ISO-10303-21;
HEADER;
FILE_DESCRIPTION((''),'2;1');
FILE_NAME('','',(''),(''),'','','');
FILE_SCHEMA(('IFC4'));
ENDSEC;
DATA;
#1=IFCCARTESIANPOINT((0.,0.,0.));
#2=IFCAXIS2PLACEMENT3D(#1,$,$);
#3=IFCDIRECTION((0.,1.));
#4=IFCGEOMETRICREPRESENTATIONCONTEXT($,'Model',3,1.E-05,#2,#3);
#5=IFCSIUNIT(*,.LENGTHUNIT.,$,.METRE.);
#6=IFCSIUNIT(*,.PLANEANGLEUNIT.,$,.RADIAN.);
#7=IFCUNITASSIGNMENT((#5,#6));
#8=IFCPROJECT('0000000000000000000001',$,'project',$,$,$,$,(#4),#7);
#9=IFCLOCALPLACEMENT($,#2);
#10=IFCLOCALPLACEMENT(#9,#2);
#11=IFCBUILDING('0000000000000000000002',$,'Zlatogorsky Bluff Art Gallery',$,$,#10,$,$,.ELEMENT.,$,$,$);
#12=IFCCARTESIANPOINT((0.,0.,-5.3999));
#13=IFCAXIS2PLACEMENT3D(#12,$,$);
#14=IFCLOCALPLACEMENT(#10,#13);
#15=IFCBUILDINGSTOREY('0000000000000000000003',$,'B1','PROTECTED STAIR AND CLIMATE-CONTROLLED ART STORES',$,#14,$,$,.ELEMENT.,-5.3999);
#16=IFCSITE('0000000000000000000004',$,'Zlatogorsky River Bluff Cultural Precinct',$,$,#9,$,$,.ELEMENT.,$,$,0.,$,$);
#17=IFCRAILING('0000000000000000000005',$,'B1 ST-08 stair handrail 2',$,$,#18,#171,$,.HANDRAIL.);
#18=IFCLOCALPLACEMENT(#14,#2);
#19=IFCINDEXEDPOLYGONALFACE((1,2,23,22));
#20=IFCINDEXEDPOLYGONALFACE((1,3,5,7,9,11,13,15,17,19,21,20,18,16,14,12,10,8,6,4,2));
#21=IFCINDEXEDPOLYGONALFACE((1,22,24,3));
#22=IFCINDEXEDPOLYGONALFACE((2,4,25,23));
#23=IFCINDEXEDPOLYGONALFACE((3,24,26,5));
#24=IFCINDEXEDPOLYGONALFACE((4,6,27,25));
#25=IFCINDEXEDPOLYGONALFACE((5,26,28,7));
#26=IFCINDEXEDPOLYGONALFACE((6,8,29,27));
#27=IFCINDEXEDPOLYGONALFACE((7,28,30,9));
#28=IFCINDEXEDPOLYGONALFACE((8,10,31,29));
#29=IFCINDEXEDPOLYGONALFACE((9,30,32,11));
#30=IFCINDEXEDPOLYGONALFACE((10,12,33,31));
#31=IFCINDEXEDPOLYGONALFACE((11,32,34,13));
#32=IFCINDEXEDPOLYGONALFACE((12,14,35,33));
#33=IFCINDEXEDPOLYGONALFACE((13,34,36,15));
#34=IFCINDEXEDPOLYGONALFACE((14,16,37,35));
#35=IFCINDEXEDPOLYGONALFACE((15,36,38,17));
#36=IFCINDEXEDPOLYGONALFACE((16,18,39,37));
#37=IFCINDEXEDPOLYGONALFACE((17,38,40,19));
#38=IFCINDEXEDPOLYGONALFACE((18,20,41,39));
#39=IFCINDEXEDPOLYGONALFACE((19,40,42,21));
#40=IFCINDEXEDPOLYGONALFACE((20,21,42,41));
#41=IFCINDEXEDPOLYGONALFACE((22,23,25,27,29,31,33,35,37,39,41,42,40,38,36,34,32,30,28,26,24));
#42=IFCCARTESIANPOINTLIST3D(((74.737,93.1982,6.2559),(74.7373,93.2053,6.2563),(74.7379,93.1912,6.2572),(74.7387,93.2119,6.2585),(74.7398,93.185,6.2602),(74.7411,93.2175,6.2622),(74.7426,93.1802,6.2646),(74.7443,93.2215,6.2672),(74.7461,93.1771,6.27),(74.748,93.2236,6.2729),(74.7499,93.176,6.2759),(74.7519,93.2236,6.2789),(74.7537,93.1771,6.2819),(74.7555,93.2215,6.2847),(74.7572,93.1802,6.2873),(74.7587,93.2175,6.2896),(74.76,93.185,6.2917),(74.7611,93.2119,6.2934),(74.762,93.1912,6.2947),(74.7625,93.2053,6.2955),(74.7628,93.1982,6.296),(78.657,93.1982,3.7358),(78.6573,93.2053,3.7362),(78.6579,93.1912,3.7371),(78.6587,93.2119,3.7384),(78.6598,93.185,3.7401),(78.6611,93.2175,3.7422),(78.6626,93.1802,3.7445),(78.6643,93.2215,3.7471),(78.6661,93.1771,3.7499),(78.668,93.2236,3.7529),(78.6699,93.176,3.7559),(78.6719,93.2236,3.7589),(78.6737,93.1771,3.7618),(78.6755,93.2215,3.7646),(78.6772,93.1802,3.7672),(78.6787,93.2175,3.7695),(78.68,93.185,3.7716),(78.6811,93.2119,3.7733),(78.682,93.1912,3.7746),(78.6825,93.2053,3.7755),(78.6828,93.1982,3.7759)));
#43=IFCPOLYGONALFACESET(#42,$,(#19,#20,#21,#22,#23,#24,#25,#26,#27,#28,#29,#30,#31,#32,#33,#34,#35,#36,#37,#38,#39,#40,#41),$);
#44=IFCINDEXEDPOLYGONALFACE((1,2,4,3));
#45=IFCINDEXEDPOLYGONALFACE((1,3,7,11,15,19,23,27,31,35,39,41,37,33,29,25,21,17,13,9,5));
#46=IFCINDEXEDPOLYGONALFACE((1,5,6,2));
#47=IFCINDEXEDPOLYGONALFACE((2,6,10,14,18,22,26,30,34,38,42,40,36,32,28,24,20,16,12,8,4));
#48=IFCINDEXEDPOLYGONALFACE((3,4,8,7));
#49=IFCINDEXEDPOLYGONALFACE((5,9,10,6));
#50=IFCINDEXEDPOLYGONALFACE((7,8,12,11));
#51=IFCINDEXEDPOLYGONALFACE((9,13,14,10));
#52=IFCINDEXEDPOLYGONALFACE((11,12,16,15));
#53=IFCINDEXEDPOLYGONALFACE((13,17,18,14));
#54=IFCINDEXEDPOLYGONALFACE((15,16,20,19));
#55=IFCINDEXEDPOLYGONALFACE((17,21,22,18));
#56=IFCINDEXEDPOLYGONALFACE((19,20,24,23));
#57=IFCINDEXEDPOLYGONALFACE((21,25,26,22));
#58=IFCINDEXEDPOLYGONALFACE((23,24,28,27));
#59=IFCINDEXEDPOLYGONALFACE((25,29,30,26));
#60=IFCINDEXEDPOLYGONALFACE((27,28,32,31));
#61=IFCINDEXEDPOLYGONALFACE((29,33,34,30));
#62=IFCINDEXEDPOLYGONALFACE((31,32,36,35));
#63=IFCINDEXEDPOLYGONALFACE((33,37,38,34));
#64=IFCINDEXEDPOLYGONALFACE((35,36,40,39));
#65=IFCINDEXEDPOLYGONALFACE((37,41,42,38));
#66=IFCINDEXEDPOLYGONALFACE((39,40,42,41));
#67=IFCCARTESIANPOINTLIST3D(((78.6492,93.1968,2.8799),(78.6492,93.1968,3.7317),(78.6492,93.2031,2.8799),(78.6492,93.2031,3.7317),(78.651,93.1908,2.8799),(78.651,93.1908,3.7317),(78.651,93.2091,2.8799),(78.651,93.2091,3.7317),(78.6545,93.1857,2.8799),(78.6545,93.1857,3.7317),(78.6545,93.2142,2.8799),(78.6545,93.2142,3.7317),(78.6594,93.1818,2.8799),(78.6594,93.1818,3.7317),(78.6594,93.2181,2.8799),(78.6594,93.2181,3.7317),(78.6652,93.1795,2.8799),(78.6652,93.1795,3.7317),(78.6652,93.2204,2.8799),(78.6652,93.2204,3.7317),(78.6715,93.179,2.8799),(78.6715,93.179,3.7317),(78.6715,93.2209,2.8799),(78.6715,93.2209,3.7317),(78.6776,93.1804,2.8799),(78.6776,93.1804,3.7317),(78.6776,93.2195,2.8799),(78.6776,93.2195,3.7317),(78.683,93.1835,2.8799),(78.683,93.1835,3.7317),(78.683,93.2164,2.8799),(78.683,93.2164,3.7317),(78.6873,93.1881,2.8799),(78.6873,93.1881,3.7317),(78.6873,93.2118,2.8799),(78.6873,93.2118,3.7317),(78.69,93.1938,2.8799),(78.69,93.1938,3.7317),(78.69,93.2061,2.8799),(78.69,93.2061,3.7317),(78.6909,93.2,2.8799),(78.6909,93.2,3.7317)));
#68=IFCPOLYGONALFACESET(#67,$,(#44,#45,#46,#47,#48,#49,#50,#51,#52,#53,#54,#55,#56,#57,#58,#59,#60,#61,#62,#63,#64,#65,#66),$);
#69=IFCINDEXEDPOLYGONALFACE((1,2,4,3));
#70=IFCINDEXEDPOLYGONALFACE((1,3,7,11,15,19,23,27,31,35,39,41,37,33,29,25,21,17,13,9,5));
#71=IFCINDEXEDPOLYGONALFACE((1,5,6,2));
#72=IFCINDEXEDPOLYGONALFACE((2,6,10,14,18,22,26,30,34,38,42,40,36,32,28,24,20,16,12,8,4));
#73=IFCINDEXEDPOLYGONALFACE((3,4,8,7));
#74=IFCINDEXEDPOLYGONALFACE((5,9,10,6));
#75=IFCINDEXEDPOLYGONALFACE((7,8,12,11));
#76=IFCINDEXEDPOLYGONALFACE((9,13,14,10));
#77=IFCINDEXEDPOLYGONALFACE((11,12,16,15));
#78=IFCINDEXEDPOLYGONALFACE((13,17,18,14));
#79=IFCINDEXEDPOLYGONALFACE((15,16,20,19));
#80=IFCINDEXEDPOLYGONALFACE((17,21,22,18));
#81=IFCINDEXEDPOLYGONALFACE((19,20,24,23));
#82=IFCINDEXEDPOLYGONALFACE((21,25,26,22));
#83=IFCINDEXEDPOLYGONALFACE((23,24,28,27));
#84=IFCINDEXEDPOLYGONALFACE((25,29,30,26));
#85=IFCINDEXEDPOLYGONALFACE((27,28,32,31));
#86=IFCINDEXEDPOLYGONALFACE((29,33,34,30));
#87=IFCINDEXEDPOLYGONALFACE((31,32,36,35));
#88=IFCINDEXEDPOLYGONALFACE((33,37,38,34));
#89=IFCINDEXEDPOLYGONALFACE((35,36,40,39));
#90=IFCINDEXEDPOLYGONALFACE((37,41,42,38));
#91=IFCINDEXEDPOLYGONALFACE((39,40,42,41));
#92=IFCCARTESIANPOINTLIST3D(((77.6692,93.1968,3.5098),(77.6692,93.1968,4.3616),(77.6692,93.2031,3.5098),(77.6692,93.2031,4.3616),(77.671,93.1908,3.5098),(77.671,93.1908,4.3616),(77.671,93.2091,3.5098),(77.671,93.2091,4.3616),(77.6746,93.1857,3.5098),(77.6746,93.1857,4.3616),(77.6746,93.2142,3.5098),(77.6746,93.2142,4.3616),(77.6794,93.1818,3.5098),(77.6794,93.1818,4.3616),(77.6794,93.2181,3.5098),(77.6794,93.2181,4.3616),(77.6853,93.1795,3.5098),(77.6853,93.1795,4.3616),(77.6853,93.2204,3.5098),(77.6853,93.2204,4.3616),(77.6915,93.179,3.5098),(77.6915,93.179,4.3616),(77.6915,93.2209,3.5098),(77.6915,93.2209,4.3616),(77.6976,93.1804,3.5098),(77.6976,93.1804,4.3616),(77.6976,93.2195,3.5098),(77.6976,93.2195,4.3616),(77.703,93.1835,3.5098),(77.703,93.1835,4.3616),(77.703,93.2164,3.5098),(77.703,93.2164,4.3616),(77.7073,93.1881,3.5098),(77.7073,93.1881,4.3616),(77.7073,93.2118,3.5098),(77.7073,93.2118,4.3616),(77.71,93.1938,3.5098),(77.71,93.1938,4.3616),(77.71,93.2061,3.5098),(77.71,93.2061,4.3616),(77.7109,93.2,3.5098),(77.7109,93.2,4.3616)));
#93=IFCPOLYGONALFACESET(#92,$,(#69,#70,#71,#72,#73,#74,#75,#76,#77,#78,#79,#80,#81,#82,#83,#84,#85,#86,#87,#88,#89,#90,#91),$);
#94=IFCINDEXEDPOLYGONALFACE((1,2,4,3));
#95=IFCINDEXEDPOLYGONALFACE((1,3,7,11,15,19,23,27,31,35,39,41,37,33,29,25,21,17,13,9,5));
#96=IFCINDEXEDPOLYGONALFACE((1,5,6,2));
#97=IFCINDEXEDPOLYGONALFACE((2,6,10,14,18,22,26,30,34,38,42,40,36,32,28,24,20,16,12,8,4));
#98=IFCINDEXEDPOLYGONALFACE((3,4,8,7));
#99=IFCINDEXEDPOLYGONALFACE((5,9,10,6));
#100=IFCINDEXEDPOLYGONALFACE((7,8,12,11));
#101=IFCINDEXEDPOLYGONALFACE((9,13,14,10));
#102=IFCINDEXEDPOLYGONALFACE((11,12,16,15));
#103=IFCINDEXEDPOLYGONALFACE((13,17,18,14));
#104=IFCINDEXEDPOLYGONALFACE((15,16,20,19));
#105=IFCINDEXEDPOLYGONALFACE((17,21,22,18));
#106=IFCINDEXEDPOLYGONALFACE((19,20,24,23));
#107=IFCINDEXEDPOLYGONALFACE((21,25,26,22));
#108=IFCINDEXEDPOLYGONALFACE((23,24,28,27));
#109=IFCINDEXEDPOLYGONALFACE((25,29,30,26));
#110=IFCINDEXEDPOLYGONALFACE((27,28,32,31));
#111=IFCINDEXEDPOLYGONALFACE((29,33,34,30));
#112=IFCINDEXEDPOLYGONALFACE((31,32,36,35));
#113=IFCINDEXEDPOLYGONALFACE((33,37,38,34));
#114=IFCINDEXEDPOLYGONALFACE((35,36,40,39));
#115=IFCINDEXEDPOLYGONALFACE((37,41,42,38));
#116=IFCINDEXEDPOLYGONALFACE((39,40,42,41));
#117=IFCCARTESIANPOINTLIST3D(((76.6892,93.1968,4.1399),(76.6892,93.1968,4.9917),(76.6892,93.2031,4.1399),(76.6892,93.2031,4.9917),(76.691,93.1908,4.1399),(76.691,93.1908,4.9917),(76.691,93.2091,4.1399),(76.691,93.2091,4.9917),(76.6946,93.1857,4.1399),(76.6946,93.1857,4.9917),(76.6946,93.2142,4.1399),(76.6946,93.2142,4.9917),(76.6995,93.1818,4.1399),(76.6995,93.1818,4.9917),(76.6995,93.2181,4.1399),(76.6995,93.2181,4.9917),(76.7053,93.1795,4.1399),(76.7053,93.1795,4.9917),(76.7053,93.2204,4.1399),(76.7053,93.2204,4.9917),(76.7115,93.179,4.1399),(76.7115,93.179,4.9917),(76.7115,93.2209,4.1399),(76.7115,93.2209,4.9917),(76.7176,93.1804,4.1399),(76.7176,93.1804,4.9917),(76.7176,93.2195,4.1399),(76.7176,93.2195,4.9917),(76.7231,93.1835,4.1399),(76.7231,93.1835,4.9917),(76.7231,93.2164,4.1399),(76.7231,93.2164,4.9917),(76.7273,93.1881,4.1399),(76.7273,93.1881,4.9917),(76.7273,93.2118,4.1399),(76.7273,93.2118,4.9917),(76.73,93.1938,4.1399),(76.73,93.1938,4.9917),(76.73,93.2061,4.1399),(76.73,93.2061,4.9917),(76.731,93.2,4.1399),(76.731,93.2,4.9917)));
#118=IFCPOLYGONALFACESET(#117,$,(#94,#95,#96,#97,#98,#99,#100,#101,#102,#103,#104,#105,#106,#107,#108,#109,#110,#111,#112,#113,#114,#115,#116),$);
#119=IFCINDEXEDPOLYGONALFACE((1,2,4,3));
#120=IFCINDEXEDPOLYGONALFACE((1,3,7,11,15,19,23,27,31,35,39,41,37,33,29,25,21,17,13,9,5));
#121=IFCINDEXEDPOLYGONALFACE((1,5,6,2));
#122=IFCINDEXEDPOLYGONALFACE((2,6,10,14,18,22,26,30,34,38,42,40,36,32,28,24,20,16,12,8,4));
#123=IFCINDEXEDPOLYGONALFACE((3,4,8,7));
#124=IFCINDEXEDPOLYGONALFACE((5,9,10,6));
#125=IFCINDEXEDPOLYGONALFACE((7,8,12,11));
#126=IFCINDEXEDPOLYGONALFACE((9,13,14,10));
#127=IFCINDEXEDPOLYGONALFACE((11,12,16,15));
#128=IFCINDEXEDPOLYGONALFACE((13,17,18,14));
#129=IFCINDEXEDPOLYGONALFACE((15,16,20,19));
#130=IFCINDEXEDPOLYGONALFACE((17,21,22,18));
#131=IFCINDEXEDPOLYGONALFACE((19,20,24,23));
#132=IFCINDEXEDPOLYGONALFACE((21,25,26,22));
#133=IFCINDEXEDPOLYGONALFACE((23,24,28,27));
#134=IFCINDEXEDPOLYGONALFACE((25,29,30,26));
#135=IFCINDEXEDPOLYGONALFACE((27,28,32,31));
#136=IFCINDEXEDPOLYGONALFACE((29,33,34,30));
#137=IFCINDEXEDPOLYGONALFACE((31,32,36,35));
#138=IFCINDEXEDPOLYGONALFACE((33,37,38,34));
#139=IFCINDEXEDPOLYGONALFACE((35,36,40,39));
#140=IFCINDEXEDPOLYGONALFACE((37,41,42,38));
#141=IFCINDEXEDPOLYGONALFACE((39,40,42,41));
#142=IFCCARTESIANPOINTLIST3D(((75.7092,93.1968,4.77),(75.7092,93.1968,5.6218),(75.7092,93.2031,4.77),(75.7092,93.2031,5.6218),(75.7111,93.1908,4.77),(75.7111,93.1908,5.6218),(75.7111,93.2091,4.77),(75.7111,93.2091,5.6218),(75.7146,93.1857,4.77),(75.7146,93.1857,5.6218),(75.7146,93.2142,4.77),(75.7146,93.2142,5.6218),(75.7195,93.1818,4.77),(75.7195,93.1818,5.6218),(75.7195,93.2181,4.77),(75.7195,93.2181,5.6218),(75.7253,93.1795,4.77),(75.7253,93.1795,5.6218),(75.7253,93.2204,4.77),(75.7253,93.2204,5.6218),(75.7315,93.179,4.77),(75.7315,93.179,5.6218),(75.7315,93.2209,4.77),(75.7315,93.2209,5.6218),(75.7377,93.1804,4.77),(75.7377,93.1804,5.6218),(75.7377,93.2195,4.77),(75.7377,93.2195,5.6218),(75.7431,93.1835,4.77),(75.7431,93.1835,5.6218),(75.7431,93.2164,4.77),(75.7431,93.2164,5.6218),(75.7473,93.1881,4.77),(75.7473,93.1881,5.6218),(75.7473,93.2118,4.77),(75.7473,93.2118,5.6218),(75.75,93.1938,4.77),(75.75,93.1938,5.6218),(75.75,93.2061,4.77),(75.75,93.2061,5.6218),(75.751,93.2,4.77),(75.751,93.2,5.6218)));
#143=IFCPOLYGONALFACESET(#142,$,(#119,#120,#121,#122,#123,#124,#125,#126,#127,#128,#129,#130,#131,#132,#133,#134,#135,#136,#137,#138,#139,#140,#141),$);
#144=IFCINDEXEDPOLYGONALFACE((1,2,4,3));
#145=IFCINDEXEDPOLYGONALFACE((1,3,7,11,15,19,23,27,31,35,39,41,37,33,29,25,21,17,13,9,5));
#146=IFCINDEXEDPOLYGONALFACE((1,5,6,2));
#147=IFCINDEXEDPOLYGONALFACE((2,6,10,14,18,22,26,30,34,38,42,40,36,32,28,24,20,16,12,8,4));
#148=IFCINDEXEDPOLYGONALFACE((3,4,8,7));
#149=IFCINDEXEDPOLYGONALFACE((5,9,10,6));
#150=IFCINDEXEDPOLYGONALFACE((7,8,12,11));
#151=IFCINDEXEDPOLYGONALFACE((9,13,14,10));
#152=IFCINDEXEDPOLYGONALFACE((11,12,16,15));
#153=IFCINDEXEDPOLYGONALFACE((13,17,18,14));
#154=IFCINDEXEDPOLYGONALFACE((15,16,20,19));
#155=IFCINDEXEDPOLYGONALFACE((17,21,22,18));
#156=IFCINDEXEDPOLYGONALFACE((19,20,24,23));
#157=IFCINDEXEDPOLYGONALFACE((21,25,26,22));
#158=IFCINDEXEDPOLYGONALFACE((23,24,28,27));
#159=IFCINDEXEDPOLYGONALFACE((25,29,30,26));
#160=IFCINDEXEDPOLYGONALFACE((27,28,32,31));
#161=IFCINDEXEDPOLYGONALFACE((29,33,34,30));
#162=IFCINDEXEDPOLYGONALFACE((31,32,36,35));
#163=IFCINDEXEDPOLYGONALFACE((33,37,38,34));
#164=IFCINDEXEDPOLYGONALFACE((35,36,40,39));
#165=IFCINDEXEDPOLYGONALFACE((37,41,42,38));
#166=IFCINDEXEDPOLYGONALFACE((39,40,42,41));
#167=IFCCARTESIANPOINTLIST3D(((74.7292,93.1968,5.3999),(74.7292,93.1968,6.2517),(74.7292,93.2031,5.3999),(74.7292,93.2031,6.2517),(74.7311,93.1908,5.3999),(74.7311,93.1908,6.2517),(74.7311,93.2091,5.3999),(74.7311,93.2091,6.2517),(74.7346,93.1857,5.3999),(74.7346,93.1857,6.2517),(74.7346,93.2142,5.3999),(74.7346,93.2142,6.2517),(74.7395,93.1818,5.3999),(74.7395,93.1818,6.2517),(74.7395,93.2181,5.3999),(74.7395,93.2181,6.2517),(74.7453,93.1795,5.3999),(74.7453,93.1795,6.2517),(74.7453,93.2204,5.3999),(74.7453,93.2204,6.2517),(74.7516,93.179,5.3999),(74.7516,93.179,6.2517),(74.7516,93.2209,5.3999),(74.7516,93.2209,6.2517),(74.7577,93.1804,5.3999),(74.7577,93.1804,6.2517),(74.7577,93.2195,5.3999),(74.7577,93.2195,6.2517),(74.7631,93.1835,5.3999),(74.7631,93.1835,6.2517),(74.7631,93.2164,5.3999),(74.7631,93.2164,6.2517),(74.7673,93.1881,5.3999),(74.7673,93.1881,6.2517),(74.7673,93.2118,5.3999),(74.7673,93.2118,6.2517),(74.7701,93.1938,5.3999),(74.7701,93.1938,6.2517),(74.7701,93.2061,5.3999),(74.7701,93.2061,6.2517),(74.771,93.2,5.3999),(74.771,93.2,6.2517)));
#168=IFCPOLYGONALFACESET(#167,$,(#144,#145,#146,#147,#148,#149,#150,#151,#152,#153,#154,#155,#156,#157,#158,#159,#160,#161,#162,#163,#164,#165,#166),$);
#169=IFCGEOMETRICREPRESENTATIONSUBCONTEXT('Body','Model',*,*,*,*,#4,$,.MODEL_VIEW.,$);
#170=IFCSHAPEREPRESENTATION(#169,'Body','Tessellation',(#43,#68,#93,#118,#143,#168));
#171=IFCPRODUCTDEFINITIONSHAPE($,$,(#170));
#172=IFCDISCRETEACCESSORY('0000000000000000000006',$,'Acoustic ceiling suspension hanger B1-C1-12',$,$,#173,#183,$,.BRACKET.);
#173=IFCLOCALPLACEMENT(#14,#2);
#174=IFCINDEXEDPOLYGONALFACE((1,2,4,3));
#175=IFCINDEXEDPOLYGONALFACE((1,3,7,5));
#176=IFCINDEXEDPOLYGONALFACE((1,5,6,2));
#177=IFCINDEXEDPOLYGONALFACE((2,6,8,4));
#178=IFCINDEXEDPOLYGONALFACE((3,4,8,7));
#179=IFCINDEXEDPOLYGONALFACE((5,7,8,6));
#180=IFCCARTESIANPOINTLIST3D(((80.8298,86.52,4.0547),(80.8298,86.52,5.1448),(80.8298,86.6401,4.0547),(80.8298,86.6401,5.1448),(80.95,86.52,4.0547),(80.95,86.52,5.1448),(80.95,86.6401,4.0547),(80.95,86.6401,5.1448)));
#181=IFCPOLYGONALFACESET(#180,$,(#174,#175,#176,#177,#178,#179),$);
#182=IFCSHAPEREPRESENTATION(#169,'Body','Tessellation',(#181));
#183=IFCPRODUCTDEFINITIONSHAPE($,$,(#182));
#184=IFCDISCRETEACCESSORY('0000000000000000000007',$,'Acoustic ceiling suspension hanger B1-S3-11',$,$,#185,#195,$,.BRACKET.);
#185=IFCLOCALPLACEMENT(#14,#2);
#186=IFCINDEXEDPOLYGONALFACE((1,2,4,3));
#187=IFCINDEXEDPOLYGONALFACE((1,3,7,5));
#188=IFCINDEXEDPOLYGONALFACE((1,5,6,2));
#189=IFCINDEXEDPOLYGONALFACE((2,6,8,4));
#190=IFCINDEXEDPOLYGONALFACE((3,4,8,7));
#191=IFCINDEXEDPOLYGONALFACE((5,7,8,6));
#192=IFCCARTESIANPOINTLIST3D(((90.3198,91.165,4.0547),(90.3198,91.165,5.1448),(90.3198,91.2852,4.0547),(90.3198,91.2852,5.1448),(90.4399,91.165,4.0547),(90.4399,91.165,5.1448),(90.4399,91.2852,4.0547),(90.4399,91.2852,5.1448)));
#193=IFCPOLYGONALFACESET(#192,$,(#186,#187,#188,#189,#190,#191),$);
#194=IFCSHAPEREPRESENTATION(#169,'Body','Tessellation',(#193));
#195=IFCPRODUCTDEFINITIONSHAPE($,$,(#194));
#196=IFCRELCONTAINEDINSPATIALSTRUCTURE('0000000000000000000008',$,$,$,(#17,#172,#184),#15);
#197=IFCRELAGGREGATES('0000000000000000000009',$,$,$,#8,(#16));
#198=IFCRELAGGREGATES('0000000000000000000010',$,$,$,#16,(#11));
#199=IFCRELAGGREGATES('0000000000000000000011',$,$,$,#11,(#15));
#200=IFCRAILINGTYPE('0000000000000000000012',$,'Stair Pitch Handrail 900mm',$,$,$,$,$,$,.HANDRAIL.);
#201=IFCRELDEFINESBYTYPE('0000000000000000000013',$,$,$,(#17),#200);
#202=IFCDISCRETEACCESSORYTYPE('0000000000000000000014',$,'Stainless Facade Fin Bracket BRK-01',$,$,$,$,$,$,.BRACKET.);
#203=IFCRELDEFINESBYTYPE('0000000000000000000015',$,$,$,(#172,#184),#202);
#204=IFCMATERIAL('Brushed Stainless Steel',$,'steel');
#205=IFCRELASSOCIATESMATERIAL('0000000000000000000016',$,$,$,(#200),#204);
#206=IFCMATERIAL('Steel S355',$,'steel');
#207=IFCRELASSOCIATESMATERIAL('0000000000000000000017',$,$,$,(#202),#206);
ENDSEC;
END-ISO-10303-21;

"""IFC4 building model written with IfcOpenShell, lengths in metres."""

from ifc_helpers import new_model, si_unit, direction, frame, origin, origin_2d, place, context, subcontext, project, spatial, rectangle, circle, extrude, material, type_object, element, save


model = new_model("IFC4")

# Units and contexts
model_context = context("Model", 3, precision=1e-05, world=origin(), true_north=direction((0.0, 1.0)))
body_context = subcontext(model_context, "Body", "Model", "MODEL_VIEW")
ifc_project = project(units=[si_unit("LENGTHUNIT", "METRE"), si_unit("PLANEANGLEUNIT", "RADIAN")], contexts=[model_context])

# Site, building, storey
site_placement = place(None, origin())
site = spatial("IfcSite", under=ifc_project, at=site_placement, Name="Zlatogorsky River Bluff Cultural Precinct", CompositionType="ELEMENT", RefElevation=0.0)
building_placement = place(site_placement, origin())
building = spatial("IfcBuilding", under=site, at=building_placement, Name="Zlatogorsky Bluff Art Gallery", CompositionType="ELEMENT")
storey_placement = place(building_placement, frame((0.0, 0.0, -5.3999)))
storey = spatial("IfcBuildingStorey", under=building, at=storey_placement, Name="B1", Description="PROTECTED STAIR AND CLIMATE-CONTROLLED ART STORES", CompositionType="ELEMENT", Elevation=-5.3999)

# Shared definitions
ifc_material_1 = material(Name="Steel S355", Category="steel")

# Railing
ifc_material_2 = material(Name="Brushed Stainless Steel", Category="steel")
railing_type_1 = type_object("IfcRailingType", Name="Stair Pitch Handrail 900mm", PredefinedType="HANDRAIL", material=ifc_material_2)
railing_1_placement = place(storey_placement, frame((78.6699, 93.2, 2.8799)))
element("IfcRailing", 1, at=railing_1_placement, inside=storey, type_object=railing_type_1, Name="B1 ST-08 stair handrail 2", PredefinedType="HANDRAIL", context=body_context, shape_type="SweptSolid", body=[
    extrude(circle(Radius=0.0239, at=origin_2d()), frame((0.0, 0.0, 0.876), z_axis=(-0.841172, 0.0, 0.540768), x_axis=(0.0, -1.0, 0.0)), (0.0, 0.0, 1.0), 4.6602),
    extrude(circle(Radius=0.021, at=origin_2d()), origin(), (0.0, 0.0, 1.0), 0.8518),
    extrude(circle(Radius=0.021, at=origin_2d()), frame((-0.98, 0.0, 0.6299)), (0.0, 0.0, 1.0), 0.8518),
    extrude(circle(Radius=0.021, at=origin_2d()), frame((-1.96, 0.0, 1.26)), (0.0, 0.0, 1.0), 0.8518),
    extrude(circle(Radius=0.021, at=origin_2d()), frame((-2.9399, 0.0, 1.8901)), (0.0, 0.0, 1.0), 0.8518),
    extrude(circle(Radius=0.021, at=origin_2d()), frame((-3.9199, 0.0, 2.52)), (0.0, 0.0, 1.0), 0.8518),
])

# Discrete accessories
discrete_accessory_type = type_object("IfcDiscreteAccessoryType", Name="Stainless Facade Fin Bracket BRK-01", PredefinedType="BRACKET", material=ifc_material_1)
for number, where, z_axis, x_axis, name in (
    (2, (80.8899, 86.5801, 4.0547), (0.0, 0.0, 1.0), (1.0, 0.0, 0.0), "Acoustic ceiling suspension hanger B1-C1-12"),
    (3, (90.3799, 91.2251, 4.0547), (0.0, 0.0, 1.0), (1.0, 0.0, 0.0), "Acoustic ceiling suspension hanger B1-S3-11"),
):
    element("IfcDiscreteAccessory", number, at=place(storey_placement, frame(where, z_axis=z_axis, x_axis=x_axis)), inside=storey, type_object=discrete_accessory_type, Name=name, PredefinedType="BRACKET", context=body_context, shape_type="SweptSolid", body=[
        extrude(rectangle(XDim=0.1201, YDim=0.1201, at=origin_2d()), origin(), (0.0, 0.0, 1.0), 1.0901),
    ])

save(model, "model.ifc")
